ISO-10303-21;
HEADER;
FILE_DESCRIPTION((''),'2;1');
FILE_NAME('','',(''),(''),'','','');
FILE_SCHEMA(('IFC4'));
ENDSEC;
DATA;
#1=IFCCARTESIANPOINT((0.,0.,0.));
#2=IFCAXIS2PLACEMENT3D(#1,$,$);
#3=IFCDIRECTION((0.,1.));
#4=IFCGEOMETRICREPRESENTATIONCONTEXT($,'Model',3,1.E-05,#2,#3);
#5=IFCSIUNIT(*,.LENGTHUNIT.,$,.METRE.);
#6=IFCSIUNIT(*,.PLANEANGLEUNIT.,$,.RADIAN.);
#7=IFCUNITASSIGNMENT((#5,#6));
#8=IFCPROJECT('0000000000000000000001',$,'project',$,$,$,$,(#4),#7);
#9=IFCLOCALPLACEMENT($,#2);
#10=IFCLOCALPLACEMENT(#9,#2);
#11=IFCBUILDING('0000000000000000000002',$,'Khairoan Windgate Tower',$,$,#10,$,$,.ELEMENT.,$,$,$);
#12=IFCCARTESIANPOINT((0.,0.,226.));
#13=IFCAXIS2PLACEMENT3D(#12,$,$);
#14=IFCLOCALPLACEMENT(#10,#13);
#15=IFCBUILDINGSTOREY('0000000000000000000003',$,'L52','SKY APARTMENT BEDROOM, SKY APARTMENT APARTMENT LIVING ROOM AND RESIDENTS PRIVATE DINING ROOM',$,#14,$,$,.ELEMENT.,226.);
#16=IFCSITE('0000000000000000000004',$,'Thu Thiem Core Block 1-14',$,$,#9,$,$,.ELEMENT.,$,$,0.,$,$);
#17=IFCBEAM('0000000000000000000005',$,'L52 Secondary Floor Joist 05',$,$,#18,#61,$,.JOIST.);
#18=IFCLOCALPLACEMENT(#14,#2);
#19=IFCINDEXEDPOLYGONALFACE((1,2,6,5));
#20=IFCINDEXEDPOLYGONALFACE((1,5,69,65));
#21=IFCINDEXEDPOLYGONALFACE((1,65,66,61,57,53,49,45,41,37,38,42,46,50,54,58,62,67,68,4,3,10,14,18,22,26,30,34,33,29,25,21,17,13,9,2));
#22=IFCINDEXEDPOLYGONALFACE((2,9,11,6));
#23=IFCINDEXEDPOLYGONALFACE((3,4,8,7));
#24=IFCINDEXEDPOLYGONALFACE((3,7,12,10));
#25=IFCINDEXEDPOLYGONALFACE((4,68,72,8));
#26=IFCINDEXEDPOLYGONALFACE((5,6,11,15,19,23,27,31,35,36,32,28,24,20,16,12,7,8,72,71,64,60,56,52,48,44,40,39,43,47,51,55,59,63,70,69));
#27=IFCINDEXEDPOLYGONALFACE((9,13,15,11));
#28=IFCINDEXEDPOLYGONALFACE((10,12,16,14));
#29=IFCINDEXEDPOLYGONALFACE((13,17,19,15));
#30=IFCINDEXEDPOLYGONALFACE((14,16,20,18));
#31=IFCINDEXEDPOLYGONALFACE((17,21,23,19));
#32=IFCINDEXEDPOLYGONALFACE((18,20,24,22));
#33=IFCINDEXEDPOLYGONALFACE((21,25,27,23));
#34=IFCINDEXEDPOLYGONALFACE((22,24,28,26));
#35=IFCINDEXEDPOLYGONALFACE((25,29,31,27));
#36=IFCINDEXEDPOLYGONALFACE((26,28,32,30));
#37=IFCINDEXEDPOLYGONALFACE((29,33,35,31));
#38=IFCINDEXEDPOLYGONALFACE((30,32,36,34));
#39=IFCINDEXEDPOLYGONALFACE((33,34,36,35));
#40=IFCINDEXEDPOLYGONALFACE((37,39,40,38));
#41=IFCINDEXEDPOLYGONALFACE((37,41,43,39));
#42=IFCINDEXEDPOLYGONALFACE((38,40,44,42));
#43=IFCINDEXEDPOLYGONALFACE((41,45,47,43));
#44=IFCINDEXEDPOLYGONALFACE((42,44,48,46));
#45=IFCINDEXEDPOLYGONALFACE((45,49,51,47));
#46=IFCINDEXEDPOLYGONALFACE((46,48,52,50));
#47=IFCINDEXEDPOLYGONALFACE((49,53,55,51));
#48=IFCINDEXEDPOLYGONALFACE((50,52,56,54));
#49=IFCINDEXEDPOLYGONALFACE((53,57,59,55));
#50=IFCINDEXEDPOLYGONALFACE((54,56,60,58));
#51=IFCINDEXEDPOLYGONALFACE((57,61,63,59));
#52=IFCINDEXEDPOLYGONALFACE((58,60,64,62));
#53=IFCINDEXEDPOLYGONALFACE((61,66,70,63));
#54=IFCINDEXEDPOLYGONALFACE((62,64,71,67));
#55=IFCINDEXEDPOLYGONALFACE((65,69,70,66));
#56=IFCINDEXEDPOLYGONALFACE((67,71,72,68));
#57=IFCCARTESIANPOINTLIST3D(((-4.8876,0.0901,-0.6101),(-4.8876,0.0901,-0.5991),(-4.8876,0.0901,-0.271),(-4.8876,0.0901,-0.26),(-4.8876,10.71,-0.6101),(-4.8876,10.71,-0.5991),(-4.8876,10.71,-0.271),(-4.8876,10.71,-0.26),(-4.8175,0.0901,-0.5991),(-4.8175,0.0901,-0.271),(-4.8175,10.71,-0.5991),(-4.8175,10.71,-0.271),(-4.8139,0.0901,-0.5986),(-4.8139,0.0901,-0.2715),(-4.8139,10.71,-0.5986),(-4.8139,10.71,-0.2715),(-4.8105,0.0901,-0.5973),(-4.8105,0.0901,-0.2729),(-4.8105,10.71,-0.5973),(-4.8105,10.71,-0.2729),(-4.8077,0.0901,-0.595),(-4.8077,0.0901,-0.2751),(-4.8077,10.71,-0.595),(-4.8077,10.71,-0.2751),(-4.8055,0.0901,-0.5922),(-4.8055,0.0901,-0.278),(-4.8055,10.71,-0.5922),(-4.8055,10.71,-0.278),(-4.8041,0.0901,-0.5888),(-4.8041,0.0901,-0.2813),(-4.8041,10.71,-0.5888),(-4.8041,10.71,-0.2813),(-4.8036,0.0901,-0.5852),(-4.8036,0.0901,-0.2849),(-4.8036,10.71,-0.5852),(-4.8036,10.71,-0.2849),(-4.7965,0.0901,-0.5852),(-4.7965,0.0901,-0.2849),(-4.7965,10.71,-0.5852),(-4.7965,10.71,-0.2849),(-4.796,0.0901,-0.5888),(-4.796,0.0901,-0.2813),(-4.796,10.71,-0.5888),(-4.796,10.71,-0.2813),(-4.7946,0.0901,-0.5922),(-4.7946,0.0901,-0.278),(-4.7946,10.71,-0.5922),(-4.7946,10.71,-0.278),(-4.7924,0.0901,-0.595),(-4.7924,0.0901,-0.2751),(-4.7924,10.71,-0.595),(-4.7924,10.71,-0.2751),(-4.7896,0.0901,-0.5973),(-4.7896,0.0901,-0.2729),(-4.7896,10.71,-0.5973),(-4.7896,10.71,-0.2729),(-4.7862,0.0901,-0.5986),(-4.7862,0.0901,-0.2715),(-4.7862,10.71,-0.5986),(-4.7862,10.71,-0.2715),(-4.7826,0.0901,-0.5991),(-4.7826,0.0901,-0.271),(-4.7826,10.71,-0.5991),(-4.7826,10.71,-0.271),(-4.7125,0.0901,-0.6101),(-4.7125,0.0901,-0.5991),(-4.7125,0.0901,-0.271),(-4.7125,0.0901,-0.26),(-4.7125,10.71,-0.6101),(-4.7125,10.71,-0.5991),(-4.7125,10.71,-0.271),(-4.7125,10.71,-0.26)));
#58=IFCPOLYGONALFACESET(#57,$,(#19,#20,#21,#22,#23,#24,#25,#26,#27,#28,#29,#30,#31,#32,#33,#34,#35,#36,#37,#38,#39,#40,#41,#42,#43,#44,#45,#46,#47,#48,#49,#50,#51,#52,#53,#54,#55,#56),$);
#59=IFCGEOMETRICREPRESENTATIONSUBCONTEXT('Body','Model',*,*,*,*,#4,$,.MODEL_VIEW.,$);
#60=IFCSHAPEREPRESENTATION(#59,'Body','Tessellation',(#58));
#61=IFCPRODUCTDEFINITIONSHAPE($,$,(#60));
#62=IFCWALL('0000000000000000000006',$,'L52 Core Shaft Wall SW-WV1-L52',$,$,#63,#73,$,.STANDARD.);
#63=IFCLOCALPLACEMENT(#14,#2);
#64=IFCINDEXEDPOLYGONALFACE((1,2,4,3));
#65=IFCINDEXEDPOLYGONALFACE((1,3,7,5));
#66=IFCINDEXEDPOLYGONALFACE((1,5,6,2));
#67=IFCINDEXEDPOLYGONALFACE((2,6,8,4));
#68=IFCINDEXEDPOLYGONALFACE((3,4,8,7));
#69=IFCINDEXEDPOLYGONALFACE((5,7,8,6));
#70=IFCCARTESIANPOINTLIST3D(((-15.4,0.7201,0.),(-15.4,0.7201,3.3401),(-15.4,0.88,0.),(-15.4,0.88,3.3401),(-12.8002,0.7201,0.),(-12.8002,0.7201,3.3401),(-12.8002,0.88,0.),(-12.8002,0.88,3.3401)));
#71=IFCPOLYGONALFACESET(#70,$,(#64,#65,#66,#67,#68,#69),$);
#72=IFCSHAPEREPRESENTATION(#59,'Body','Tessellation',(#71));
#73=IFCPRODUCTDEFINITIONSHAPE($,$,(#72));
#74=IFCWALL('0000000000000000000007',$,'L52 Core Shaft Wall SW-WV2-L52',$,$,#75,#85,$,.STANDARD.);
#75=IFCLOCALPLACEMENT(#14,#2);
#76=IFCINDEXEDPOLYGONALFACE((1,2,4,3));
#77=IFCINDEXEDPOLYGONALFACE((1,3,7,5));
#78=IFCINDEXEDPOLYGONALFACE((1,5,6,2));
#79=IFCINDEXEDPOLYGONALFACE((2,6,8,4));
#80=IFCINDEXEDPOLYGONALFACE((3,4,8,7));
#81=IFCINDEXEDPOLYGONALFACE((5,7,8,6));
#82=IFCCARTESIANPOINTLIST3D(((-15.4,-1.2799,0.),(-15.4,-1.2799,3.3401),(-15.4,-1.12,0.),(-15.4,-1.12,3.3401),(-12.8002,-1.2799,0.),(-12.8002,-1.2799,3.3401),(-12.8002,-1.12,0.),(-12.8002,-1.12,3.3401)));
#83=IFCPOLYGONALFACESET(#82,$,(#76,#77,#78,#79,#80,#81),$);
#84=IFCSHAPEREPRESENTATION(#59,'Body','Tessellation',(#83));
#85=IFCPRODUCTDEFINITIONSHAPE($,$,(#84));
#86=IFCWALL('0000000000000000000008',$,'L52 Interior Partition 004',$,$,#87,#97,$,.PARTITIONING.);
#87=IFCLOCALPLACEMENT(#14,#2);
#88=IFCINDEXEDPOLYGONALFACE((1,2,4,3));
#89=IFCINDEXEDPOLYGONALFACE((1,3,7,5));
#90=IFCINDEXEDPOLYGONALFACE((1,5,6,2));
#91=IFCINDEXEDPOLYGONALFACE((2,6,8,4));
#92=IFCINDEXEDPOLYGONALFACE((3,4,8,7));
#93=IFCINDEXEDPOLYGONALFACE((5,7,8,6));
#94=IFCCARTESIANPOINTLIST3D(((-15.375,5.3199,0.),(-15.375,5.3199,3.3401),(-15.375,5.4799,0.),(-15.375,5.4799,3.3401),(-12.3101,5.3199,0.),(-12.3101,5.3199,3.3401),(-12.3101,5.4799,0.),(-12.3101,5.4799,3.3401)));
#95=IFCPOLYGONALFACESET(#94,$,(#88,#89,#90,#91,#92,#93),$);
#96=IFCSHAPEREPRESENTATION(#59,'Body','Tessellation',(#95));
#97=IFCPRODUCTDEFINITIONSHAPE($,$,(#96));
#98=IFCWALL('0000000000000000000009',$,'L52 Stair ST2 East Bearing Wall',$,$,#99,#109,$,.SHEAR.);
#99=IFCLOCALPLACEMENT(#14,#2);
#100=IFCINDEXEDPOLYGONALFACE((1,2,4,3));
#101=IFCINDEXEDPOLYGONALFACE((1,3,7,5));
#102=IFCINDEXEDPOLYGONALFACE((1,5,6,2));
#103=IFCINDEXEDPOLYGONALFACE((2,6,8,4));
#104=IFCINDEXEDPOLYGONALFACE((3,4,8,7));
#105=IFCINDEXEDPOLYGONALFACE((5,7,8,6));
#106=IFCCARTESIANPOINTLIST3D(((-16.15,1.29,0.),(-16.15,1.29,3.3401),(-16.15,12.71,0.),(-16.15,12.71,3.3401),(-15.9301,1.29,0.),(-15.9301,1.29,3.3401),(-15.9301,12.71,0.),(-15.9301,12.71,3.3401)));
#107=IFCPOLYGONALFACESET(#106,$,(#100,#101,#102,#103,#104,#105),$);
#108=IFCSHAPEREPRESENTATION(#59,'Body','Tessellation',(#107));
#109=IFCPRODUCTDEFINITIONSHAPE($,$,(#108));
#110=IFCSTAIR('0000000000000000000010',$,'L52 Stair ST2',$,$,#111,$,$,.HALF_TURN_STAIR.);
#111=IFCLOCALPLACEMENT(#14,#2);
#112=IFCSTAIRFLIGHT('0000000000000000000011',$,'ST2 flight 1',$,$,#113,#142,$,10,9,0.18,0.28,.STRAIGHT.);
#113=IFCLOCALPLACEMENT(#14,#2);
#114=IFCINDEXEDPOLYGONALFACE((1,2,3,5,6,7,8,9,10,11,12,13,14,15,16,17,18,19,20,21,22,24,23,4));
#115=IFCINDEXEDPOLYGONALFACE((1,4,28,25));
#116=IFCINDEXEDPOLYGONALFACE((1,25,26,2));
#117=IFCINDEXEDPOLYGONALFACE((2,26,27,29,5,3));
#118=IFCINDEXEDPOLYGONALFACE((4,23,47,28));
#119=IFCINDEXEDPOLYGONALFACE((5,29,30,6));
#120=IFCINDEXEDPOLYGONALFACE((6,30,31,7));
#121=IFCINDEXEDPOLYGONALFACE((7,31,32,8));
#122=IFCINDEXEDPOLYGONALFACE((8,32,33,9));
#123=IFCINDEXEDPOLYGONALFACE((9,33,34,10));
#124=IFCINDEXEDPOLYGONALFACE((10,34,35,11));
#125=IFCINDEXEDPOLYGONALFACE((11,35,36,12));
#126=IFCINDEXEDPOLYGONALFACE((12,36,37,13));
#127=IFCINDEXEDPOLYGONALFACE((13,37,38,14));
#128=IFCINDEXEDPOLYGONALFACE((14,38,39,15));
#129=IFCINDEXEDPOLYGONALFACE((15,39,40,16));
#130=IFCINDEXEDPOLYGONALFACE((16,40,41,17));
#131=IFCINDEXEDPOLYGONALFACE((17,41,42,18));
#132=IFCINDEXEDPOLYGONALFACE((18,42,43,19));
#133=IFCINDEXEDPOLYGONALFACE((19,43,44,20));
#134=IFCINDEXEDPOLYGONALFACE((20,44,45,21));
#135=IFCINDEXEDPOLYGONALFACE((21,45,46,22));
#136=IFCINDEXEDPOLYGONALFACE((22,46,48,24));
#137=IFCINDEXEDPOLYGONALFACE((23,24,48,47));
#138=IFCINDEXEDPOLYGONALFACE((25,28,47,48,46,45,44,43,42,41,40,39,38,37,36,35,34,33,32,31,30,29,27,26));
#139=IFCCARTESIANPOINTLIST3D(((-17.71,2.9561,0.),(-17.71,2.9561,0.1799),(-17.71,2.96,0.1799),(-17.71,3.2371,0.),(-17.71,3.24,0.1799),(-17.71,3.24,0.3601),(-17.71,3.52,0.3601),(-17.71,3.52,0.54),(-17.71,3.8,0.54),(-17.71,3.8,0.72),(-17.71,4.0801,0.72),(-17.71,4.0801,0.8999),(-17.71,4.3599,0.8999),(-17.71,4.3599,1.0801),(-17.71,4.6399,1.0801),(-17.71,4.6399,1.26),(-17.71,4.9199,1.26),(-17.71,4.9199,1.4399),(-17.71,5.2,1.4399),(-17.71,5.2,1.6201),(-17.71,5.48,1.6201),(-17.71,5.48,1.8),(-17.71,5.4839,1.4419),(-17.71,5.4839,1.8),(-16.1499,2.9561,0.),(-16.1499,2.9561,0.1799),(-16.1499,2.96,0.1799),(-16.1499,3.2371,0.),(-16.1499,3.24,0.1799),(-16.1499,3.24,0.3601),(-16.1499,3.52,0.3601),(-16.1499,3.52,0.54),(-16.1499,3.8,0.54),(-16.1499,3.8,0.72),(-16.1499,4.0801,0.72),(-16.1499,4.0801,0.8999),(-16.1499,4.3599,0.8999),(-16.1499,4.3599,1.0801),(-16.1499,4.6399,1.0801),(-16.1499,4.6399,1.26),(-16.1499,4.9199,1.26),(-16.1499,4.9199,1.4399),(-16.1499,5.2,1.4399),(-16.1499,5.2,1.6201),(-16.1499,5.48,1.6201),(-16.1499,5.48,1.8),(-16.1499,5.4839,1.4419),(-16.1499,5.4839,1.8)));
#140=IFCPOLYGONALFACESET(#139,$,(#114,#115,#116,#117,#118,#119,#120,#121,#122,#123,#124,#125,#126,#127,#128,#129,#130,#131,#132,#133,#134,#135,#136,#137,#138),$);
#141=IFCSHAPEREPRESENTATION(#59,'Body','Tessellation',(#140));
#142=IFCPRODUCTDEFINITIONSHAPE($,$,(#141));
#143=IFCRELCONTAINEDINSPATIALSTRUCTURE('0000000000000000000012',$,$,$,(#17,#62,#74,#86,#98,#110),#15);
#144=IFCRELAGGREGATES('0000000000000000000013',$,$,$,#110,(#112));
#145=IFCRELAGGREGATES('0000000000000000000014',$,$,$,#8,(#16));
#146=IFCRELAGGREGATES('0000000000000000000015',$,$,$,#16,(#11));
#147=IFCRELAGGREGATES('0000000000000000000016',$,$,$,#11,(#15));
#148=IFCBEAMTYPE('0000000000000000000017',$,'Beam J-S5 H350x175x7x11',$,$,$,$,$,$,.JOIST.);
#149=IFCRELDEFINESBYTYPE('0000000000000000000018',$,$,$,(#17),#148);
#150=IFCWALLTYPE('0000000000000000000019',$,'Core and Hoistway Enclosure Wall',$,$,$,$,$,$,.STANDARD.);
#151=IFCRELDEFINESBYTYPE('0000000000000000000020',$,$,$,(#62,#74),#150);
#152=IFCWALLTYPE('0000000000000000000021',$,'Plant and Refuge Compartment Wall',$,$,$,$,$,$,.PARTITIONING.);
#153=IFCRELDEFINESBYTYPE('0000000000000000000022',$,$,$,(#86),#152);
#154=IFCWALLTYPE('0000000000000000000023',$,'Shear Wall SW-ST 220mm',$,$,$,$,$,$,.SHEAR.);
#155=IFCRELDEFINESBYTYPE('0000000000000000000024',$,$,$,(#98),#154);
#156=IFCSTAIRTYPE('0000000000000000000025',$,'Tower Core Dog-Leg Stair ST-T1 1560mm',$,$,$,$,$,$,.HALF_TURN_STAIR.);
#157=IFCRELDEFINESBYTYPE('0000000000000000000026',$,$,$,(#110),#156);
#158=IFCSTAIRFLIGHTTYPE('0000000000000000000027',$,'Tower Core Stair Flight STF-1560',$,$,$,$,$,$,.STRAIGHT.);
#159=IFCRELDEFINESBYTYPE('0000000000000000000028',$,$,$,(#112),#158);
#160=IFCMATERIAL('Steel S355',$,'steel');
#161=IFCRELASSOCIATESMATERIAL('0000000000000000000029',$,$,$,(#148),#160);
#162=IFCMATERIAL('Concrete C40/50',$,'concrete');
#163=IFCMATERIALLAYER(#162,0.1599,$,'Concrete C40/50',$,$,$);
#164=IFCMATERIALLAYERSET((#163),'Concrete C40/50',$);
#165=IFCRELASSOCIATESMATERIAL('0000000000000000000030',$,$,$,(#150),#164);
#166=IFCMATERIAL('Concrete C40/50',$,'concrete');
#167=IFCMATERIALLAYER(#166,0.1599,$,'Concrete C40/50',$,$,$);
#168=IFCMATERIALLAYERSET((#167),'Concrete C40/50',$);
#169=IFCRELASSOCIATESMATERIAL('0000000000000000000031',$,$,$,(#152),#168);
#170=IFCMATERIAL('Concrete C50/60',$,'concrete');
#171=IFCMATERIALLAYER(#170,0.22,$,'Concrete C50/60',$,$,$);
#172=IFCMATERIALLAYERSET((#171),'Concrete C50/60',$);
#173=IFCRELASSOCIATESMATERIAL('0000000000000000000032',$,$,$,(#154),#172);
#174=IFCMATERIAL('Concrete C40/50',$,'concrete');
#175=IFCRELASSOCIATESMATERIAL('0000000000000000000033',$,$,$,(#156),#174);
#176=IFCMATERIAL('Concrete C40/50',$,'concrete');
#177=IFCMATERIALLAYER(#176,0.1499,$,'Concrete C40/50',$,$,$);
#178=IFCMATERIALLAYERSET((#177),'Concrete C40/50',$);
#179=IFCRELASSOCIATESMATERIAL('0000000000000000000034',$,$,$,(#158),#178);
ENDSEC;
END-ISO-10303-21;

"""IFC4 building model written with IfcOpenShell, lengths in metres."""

from ifc_helpers import new_model, si_unit, direction, frame, frame_2d, origin, origin_2d, place, context, subcontext, project, spatial, polyline, rectangle, i_section, outline, extrude, material, layer, layer_set, material_profile, profile_set, type_object, element, aggregate, save


model = new_model("IFC4")

# Units and contexts
model_context = context("Model", 3, precision=1e-05, world=origin(), true_north=direction((0.0, 1.0)))
body_context = subcontext(model_context, "Body", "Model", "MODEL_VIEW")
ifc_project = project(units=[si_unit("LENGTHUNIT", "METRE"), si_unit("PLANEANGLEUNIT", "RADIAN")], contexts=[model_context])

# Site, building, storey
site_placement = place(None, origin())
site = spatial("IfcSite", under=ifc_project, at=site_placement, Name="Thu Thiem Core Block 1-14", CompositionType="ELEMENT", RefElevation=0.0)
building_placement = place(site_placement, origin())
building = spatial("IfcBuilding", under=site, at=building_placement, Name="Khairoan Windgate Tower", CompositionType="ELEMENT")
storey_placement = place(building_placement, frame((0.0, 0.0, 226.0)))
storey = spatial("IfcBuildingStorey", under=building, at=storey_placement, Name="L52", Description="SKY APARTMENT BEDROOM, SKY APARTMENT APARTMENT LIVING ROOM AND RESIDENTS PRIVATE DINING ROOM", CompositionType="ELEMENT", Elevation=226.0)

# Beam
ifc_material_1 = material(Name="Steel S355", Category="steel")
ifc_material_profile_1 = material_profile(ifc_material_1, i_section(OverallWidth=0.175, OverallDepth=0.3501, WebThickness=0.0071, FlangeThickness=0.011, FilletRadius=0.0139, at=origin_2d()))
ifc_profile_set_1 = profile_set([ifc_material_profile_1], Name="Steel S355")
beam_type_1 = type_object("IfcBeamType", Name="Beam J-S5 H350x175x7x11", PredefinedType="JOIST", material=ifc_profile_set_1)
beam_1_placement = place(storey_placement, frame((-4.8, 0.0901, -0.4351), z_axis=(0.0, 1.0, 0.0), x_axis=(-1.0, 0.0, 0.0)))
element("IfcBeam", 1, at=beam_1_placement, inside=storey, type_object=beam_type_1, Name="L52 Secondary Floor Joist 05", PredefinedType="JOIST", context=body_context, shape_type="SweptSolid", body=[
    extrude(i_section(OverallWidth=0.175, OverallDepth=0.3501, WebThickness=0.0071, FlangeThickness=0.011, FilletRadius=0.0139, at=origin_2d()), origin(), (0.0, 0.0, 1.0), 10.6199),
])

# Walls
ifc_material_2 = material(Name="Concrete C40/50", Category="concrete")
ifc_layer_1 = layer(ifc_material_2, 0.1599, Name="Concrete C40/50")
ifc_layer_set_1 = layer_set([ifc_layer_1], Name="Concrete C40/50")
wall_type_1 = type_object("IfcWallType", Name="Core and Hoistway Enclosure Wall", PredefinedType="STANDARD", material=ifc_layer_set_1)
for number, where, z_axis, x_axis, name in (
    (2, (-15.3999, 0.8, 0.0), (0.0, 0.0, 1.0), (1.0, 0.0, 0.0), "L52 Core Shaft Wall SW-WV1-L52"),
    (3, (-15.3999, -1.2, 0.0), (0.0, 0.0, 1.0), (1.0, 0.0, 0.0), "L52 Core Shaft Wall SW-WV2-L52"),
):
    element("IfcWall", number, at=place(storey_placement, frame(where, z_axis=z_axis, x_axis=x_axis)), inside=storey, type_object=wall_type_1, Name=name, PredefinedType="STANDARD", context=body_context, shape_type="SweptSolid", body=[
        extrude(rectangle(XDim=2.5999, YDim=0.1599, at=frame_2d((1.2998, 0.0))), origin(), (0.0, 0.0, 1.0), 3.3401),
    ])
ifc_material_3 = material(Name="Concrete C40/50", Category="concrete")
ifc_layer_2 = layer(ifc_material_3, 0.1599, Name="Concrete C40/50")
ifc_layer_set_2 = layer_set([ifc_layer_2], Name="Concrete C40/50")
wall_type_2 = type_object("IfcWallType", Name="Plant and Refuge Compartment Wall", PredefinedType="PARTITIONING", material=ifc_layer_set_2)
wall_1_placement = place(storey_placement, frame((-15.375, 5.3999, 0.0), z_axis=(0.0, 0.0, 1.0), x_axis=(1.0, 0.0, 0.0)))
element("IfcWall", 4, at=wall_1_placement, inside=storey, type_object=wall_type_2, Name="L52 Interior Partition 004", PredefinedType="PARTITIONING", context=body_context, shape_type="SweptSolid", body=[
    extrude(rectangle(XDim=3.0649, YDim=0.1599, at=frame_2d((1.5325, 0.0))), origin(), (0.0, 0.0, 1.0), 3.3401),
])
ifc_material_4 = material(Name="Concrete C50/60", Category="concrete")
ifc_layer_3 = layer(ifc_material_4, 0.22, Name="Concrete C50/60")
ifc_layer_set_3 = layer_set([ifc_layer_3], Name="Concrete C50/60")
wall_type_3 = type_object("IfcWallType", Name="Shear Wall SW-ST 220mm", PredefinedType="SHEAR", material=ifc_layer_set_3)
wall_2_placement = place(storey_placement, frame((-16.04, 1.29, 0.0), z_axis=(0.0, 0.0, 1.0), x_axis=(0.0, 1.0, 0.0)))
element("IfcWall", 5, at=wall_2_placement, inside=storey, type_object=wall_type_3, Name="L52 Stair ST2 East Bearing Wall", PredefinedType="SHEAR", context=body_context, shape_type="SweptSolid", body=[
    extrude(rectangle(XDim=11.4199, YDim=0.22, at=frame_2d((5.71, 0.0))), origin(), (0.0, 0.0, 1.0), 3.3401),
])

# Stair, stair flight
ifc_material_5 = material(Name="Concrete C40/50", Category="concrete")
stair_type = type_object("IfcStairType", Name="Tower Core Dog-Leg Stair ST-T1 1560mm", PredefinedType="HALF_TURN_STAIR", material=ifc_material_5)
stair_placement = place(storey_placement, origin())
stair = element("IfcStair", 6, at=stair_placement, inside=storey, type_object=stair_type, Name="L52 Stair ST2", PredefinedType="HALF_TURN_STAIR")
ifc_material_6 = material(Name="Concrete C40/50", Category="concrete")
ifc_layer_4 = layer(ifc_material_6, 0.1499, Name="Concrete C40/50")
ifc_layer_set_4 = layer_set([ifc_layer_4], Name="Concrete C40/50")
stair_flight_type = type_object("IfcStairFlightType", Name="Tower Core Stair Flight STF-1560", PredefinedType="STRAIGHT", material=ifc_layer_set_4)
stair_flight_placement = place(storey_placement, frame((-16.9299, 2.96, 0.0), z_axis=(0.0, 0.0, 1.0), x_axis=(0.0, 1.0, 0.0)))
stair_flight = element("IfcStairFlight", 7, at=stair_flight_placement, type_object=stair_flight_type, Name="ST2 flight 1", NumberOfRisers=10, NumberOfTreads=9, PredefinedType="STRAIGHT", RiserHeight=0.18, TreadLength=0.28, context=body_context, shape_type="SweptSolid", body=[
    extrude(outline(polyline([(-0.0039, 0.0), (-0.0039, 0.1799), (0.0, 0.1799), (0.28, 0.1799), (0.28, 0.3601), (0.5601, 0.3601), (0.5601, 0.54), (0.8401, 0.54), (0.8401, 0.72), (1.1201, 0.72), (1.1201, 0.8999), (1.3999, 0.8999), (1.3999, 1.0801), (1.6799, 1.0801), (1.6799, 1.26), (1.96, 1.26), (1.96, 1.4399), (2.24, 1.4399), (2.24, 1.6201), (2.52, 1.6201), (2.52, 1.8), (2.5239, 1.8), (2.5239, 1.4419), (0.2771, 0.0), (-0.0039, 0.0)])), frame((0.0, 0.78, 0.0), z_axis=(0.0, -1.0, 0.0), x_axis=(1.0, 0.0, 0.0)), (0.0, 0.0, 1.0), 1.5601),
])
aggregate(stair, [stair_flight])

save(model, "model.ifc")
